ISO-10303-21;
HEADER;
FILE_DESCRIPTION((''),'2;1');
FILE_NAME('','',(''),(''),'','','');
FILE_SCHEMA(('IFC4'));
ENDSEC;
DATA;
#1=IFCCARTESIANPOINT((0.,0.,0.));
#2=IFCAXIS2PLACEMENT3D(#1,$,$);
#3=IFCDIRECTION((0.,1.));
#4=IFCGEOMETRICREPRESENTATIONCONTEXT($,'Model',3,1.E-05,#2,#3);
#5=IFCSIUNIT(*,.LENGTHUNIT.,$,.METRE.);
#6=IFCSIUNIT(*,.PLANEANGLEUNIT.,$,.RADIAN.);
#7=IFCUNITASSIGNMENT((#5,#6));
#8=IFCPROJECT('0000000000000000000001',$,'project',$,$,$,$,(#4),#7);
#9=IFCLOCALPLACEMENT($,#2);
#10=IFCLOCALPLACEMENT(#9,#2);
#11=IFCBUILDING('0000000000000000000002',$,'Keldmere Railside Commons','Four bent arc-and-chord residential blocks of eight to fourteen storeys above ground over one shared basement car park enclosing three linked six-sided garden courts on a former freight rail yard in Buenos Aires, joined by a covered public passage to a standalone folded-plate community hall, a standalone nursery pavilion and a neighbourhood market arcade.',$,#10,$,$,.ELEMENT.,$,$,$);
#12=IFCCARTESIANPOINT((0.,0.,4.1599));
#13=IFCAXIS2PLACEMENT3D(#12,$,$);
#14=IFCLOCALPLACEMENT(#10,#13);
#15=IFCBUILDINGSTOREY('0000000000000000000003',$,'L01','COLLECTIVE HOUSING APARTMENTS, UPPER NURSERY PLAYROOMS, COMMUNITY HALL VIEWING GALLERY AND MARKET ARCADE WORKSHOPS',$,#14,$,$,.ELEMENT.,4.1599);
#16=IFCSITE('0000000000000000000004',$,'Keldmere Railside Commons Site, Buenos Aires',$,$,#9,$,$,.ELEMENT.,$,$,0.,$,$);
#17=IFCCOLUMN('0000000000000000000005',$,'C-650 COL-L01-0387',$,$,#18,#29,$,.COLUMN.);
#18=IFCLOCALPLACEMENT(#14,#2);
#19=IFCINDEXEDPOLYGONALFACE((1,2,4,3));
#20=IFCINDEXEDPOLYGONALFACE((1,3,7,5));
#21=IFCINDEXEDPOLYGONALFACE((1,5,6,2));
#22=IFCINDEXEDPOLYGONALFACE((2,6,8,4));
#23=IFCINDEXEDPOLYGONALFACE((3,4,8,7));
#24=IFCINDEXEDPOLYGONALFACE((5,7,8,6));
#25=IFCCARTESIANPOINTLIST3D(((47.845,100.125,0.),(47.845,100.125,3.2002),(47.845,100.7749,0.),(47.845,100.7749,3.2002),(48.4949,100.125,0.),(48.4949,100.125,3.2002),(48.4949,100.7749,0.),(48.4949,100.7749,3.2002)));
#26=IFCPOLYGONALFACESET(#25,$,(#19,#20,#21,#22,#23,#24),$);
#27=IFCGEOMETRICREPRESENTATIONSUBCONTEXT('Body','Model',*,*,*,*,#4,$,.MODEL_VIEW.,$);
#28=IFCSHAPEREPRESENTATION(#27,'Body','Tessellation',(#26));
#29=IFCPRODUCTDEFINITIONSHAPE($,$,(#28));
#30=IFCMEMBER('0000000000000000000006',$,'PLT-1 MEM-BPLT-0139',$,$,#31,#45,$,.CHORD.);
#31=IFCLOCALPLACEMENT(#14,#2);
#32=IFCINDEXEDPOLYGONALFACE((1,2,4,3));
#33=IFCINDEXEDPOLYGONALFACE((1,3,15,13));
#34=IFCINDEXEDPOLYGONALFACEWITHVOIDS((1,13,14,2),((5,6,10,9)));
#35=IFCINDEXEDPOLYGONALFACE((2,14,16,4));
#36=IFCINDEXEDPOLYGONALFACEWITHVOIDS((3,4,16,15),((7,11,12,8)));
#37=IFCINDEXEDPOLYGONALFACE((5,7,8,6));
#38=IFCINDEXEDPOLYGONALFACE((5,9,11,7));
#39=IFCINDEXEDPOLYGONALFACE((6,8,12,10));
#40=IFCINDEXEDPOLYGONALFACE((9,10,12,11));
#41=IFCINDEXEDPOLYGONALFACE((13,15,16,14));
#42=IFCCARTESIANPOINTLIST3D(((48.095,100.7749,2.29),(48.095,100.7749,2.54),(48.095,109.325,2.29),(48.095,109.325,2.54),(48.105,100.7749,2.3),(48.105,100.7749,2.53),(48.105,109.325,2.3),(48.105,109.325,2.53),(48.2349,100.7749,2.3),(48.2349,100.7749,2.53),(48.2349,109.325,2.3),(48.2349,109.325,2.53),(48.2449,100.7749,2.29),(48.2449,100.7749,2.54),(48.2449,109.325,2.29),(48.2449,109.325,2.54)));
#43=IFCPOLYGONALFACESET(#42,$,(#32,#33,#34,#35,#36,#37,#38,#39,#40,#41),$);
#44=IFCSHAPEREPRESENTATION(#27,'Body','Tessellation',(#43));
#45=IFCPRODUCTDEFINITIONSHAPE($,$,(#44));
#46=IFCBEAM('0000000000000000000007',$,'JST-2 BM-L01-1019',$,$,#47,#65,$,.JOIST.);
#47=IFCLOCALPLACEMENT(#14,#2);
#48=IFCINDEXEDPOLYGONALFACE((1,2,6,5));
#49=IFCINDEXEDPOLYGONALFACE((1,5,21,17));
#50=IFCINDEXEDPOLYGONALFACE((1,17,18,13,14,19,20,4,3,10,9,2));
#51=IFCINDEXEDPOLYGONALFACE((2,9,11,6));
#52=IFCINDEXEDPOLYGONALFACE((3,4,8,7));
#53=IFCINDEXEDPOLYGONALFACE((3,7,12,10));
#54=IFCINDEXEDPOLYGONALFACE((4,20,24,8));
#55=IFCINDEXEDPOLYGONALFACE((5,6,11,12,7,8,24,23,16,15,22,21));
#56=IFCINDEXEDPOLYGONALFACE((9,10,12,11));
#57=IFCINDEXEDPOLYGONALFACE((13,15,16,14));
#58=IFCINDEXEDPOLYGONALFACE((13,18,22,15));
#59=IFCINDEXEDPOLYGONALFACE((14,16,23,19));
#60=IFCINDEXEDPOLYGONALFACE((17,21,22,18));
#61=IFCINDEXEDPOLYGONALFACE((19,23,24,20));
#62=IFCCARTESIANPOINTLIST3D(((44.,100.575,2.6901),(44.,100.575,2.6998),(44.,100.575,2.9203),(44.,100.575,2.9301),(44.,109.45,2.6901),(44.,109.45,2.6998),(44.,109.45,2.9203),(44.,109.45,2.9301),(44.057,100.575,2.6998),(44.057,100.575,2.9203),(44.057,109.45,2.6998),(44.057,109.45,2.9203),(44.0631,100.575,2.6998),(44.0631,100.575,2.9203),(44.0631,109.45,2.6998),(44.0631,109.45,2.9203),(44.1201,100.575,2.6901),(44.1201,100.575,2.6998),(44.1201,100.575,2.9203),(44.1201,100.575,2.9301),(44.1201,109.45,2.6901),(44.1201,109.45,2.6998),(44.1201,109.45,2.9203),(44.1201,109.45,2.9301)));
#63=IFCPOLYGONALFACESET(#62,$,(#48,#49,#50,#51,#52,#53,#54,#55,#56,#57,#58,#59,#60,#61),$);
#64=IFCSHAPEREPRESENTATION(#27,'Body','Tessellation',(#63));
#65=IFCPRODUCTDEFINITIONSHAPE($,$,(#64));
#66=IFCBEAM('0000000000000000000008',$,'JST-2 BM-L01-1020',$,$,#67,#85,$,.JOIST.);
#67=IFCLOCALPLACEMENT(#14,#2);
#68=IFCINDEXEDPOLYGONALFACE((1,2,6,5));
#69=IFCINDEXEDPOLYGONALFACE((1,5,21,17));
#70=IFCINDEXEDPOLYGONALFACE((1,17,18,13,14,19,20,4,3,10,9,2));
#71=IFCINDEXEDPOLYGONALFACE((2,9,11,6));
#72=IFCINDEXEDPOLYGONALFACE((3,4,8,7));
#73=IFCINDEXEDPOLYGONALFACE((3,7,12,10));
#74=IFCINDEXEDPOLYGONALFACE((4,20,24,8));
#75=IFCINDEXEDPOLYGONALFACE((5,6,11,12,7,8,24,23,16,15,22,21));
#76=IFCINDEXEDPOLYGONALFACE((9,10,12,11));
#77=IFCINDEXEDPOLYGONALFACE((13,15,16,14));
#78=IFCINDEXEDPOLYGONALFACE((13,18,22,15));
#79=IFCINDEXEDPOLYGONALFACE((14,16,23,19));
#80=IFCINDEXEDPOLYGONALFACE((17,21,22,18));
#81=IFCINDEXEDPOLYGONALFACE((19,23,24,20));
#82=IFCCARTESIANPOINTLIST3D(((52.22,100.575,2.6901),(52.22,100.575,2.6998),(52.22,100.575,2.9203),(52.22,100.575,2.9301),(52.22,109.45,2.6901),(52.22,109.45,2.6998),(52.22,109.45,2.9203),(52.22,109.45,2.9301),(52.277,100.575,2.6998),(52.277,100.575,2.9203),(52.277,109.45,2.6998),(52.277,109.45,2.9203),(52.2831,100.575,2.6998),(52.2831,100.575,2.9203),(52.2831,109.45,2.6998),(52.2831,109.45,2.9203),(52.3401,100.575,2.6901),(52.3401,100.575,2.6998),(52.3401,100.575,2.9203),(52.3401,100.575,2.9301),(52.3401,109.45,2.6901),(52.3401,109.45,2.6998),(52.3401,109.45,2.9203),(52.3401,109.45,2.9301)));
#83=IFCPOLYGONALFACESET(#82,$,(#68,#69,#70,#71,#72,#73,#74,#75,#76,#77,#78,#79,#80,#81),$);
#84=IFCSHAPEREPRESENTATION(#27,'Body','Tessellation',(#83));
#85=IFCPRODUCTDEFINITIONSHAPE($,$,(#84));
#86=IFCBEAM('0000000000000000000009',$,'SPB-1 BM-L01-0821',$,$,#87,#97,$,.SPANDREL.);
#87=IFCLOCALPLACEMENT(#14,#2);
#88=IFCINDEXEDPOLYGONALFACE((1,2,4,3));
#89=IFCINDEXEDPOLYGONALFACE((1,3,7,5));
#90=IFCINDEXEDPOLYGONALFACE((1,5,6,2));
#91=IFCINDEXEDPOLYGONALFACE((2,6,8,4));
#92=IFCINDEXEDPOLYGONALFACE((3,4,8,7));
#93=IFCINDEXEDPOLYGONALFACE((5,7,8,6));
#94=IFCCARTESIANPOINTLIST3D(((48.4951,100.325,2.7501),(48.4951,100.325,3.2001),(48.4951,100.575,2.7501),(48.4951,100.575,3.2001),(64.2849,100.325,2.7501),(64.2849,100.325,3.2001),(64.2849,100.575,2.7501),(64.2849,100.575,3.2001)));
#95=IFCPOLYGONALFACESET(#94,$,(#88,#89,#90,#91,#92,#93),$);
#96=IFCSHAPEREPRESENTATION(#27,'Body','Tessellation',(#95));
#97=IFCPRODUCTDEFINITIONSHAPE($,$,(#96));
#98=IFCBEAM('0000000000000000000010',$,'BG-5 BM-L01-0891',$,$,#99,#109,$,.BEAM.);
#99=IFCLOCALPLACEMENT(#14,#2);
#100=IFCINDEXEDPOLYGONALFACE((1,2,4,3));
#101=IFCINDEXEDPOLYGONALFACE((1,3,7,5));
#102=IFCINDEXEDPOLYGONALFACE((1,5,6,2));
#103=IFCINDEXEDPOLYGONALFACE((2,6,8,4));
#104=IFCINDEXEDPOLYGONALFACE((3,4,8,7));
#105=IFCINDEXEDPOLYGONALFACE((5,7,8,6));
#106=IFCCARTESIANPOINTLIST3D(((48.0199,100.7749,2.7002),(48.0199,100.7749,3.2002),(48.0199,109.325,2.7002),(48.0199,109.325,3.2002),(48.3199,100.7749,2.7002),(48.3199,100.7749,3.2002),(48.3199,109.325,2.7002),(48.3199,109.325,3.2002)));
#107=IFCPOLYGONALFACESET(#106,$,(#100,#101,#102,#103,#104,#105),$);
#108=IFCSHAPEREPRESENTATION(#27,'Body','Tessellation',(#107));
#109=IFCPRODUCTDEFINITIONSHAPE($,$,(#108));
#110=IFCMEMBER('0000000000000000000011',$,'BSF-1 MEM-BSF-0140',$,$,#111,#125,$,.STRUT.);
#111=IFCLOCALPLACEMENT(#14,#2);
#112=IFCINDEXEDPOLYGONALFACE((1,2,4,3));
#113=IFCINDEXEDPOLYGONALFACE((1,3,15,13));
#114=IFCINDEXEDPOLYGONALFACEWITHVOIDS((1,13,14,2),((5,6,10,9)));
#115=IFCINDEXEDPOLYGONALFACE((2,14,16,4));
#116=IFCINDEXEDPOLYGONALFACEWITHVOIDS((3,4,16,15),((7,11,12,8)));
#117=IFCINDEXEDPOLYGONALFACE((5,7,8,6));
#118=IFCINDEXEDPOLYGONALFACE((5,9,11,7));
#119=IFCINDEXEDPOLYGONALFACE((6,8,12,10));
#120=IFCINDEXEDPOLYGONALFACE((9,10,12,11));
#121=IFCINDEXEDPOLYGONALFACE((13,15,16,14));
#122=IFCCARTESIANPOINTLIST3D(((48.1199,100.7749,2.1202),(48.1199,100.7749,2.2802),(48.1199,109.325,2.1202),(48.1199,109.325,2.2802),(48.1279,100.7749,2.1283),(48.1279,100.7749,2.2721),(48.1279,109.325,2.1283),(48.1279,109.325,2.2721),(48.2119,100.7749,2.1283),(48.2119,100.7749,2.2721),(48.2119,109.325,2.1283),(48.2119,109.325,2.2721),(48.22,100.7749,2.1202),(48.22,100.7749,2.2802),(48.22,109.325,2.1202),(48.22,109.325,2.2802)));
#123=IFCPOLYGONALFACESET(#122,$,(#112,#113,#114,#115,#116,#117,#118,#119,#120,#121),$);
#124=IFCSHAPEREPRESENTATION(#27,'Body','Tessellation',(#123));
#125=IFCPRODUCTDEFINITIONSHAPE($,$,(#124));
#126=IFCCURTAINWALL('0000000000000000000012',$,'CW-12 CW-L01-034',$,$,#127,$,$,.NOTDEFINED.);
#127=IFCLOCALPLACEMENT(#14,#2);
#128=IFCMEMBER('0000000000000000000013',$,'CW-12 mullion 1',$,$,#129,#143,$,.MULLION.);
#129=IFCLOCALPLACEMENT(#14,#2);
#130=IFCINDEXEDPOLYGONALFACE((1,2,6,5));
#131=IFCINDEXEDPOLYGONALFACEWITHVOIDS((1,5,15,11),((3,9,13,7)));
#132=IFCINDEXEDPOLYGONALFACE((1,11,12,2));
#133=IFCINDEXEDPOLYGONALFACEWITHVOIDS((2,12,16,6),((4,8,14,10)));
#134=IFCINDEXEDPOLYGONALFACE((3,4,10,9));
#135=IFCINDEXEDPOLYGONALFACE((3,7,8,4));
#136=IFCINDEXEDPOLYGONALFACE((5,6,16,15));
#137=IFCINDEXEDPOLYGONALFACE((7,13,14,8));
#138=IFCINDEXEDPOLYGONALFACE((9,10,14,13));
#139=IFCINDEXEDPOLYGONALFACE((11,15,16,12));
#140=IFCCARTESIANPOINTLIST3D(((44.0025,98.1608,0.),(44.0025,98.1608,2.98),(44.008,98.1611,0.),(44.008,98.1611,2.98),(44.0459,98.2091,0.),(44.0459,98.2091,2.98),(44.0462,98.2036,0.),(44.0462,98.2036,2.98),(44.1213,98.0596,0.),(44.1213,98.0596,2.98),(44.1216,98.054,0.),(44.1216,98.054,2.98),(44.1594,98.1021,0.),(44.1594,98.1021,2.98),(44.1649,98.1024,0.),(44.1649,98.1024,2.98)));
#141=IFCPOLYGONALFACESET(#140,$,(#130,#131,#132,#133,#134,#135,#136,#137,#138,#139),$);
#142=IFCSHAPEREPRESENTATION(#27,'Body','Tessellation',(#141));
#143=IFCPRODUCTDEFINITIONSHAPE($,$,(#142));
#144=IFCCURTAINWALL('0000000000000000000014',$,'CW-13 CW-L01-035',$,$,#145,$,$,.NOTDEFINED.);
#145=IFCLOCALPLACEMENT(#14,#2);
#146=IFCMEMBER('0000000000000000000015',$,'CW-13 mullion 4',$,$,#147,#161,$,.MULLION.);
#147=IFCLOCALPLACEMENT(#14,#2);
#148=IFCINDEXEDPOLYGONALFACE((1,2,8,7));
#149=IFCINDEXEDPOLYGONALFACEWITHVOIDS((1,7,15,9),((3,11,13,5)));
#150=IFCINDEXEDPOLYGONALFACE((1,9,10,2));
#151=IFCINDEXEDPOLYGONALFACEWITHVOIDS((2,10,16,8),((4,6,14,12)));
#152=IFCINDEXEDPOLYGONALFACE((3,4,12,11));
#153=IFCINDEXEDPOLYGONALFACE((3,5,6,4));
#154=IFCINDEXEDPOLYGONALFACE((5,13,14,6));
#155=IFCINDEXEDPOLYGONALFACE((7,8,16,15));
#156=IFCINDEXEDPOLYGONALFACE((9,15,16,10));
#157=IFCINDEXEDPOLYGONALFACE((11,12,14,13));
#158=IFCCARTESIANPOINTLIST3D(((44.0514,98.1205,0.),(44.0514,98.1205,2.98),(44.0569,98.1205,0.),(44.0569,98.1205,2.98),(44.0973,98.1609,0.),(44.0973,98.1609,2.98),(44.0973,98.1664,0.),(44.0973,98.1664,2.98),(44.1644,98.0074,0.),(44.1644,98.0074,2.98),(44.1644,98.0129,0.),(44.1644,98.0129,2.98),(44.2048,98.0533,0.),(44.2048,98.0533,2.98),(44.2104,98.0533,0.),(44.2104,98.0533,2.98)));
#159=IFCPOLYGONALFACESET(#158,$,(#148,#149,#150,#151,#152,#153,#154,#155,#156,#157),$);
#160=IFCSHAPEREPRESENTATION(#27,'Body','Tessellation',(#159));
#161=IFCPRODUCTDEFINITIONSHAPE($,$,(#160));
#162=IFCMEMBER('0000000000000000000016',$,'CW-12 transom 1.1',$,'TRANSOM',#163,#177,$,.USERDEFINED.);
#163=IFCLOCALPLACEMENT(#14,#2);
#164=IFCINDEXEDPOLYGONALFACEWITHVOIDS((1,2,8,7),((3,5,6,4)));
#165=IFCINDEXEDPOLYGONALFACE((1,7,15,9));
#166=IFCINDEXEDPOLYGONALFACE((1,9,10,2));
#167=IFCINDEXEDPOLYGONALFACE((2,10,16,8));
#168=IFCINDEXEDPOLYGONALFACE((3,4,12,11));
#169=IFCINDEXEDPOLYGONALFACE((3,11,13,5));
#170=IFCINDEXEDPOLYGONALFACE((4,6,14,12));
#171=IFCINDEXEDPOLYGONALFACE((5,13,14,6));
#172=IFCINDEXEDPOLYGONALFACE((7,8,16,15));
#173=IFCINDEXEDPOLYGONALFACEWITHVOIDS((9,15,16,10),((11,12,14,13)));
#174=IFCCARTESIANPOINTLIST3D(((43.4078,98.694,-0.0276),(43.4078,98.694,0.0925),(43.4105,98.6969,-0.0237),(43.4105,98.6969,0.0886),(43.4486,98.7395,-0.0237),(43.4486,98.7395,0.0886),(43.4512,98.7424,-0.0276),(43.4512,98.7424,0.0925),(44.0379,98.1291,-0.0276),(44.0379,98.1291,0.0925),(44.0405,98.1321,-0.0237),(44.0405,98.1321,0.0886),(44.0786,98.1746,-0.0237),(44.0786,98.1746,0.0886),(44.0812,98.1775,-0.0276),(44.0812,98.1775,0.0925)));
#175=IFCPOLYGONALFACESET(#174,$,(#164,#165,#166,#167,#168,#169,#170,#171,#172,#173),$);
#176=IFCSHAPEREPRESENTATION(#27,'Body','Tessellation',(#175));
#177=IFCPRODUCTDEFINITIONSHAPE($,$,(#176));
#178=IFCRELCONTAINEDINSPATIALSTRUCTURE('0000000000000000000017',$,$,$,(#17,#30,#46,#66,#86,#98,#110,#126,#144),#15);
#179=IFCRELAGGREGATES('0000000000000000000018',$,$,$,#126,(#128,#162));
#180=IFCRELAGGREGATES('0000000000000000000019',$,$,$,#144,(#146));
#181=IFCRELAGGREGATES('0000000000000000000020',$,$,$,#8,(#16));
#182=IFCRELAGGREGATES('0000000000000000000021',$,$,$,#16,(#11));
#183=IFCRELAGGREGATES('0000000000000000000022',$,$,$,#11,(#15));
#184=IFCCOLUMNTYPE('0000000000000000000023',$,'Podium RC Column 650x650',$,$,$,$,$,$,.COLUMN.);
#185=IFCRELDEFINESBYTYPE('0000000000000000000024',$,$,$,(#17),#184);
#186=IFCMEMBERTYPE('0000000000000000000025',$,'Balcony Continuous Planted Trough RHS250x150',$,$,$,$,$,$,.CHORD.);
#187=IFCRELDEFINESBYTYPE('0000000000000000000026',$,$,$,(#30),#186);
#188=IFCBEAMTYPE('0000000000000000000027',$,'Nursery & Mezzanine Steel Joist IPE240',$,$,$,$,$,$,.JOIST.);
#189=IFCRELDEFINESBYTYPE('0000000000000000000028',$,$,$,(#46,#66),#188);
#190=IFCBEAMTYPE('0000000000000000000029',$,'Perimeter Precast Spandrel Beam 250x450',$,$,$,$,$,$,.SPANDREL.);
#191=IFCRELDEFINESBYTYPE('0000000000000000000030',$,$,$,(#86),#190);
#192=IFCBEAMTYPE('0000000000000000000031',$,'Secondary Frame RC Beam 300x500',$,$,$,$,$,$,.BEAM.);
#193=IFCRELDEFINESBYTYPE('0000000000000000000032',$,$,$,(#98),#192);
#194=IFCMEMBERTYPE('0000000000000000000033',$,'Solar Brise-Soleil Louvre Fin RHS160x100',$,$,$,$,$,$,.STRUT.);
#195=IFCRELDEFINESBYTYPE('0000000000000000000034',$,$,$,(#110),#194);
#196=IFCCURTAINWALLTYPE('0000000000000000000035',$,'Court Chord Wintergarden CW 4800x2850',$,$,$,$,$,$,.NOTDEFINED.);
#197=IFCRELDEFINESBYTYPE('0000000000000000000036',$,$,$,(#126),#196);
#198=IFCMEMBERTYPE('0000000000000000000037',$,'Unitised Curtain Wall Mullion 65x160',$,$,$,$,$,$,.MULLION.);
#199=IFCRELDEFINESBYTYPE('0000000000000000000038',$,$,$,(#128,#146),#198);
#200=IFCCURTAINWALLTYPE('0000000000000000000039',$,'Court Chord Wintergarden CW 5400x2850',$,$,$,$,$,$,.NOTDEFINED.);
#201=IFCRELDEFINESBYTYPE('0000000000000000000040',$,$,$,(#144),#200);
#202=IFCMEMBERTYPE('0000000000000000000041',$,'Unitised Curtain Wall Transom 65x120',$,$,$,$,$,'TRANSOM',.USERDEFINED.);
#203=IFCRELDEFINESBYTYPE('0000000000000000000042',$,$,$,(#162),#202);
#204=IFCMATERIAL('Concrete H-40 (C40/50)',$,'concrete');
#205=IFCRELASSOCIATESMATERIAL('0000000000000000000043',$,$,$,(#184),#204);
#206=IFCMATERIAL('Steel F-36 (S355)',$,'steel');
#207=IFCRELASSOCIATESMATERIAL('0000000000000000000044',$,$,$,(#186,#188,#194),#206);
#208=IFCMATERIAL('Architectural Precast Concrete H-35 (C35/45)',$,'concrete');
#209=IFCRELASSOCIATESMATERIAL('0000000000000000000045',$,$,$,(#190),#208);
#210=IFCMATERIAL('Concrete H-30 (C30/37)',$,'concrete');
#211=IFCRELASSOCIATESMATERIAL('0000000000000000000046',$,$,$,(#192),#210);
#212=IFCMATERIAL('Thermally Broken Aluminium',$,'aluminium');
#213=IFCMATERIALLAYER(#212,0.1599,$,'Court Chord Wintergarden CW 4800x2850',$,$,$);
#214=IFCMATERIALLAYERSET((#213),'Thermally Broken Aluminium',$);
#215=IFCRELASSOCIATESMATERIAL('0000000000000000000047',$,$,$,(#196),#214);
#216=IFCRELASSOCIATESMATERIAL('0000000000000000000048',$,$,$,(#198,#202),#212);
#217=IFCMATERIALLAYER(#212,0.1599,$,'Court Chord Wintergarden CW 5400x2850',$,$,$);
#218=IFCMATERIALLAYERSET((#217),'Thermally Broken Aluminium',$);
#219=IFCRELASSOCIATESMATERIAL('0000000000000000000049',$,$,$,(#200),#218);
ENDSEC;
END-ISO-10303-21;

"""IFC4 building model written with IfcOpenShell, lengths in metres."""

from ifc_helpers import new_model, si_unit, direction, frame, origin, origin_2d, place, context, subcontext, project, spatial, rectangle, hollow_rectangle, i_section, extrude, material, layer, layer_set, material_profile, profile_set, type_object, element, aggregate, save


model = new_model("IFC4")

# Units and contexts
model_context = context("Model", 3, precision=1e-05, world=origin(), true_north=direction((0.0, 1.0)))
body_context = subcontext(model_context, "Body", "Model", "MODEL_VIEW")
ifc_project = project(units=[si_unit("LENGTHUNIT", "METRE"), si_unit("PLANEANGLEUNIT", "RADIAN")], contexts=[model_context])

# Site, building, storey
site_placement = place(None, origin())
site = spatial("IfcSite", under=ifc_project, at=site_placement, Name="Keldmere Railside Commons Site, Buenos Aires", CompositionType="ELEMENT", RefElevation=0.0)
building_placement = place(site_placement, origin())
building = spatial("IfcBuilding", under=site, at=building_placement, Name="Keldmere Railside Commons", Description="Four bent arc-and-chord residential blocks of eight to fourteen storeys above ground over one shared basement car park enclosing three linked six-sided garden courts on a former freight rail yard in Buenos Aires, joined by a covered public passage to a standalone folded-plate community hall, a standalone nursery pavilion and a neighbourhood market arcade.", CompositionType="ELEMENT")
storey_placement = place(building_placement, frame((0.0, 0.0, 4.1599)))
storey = spatial("IfcBuildingStorey", under=building, at=storey_placement, Name="L01", Description="COLLECTIVE HOUSING APARTMENTS, UPPER NURSERY PLAYROOMS, COMMUNITY HALL VIEWING GALLERY AND MARKET ARCADE WORKSHOPS", CompositionType="ELEMENT", Elevation=4.1599)

# Column
ifc_material_1 = material(Name="Concrete H-40 (C40/50)", Category="concrete")
ifc_material_profile_1 = material_profile(ifc_material_1, rectangle(XDim=0.6499, YDim=0.6499, at=origin_2d()), Name="RC-650x650")
ifc_profile_set_1 = profile_set([ifc_material_profile_1], Name="Concrete H-40 (C40/50)")
column_type = type_object("IfcColumnType", Name="Podium RC Column 650x650", PredefinedType="COLUMN", material=ifc_profile_set_1)
column_placement = place(storey_placement, frame((48.1699, 100.45, 0.0), z_axis=(0.0, 0.0, 1.0), x_axis=(1.0, 0.0, 0.0)))
element("IfcColumn", 1, at=column_placement, inside=storey, type_object=column_type, Name="C-650 COL-L01-0387", PredefinedType="COLUMN", context=body_context, shape_type="SweptSolid", body=[
    extrude(rectangle(XDim=0.6499, YDim=0.6499, at=origin_2d()), origin(), (0.0, 0.0, 1.0), 3.2002),
])

# Member
ifc_material_2 = material(Name="Steel F-36 (S355)", Category="steel")
ifc_material_profile_2 = material_profile(ifc_material_2, hollow_rectangle(XDim=0.1499, YDim=0.25, WallThickness=0.01, at=origin_2d()), Name="RHS-250x150x10")
ifc_profile_set_2 = profile_set([ifc_material_profile_2], Name="Steel F-36 (S355)")
member_type_1 = type_object("IfcMemberType", Name="Balcony Continuous Planted Trough RHS250x150", PredefinedType="CHORD", material=ifc_profile_set_2)
member_1_placement = place(storey_placement, frame((48.1699, 100.7749, 2.415), z_axis=(0.0, 1.0, 0.0), x_axis=(-1.0, 0.0, 0.0)))
element("IfcMember", 2, at=member_1_placement, inside=storey, type_object=member_type_1, Name="PLT-1 MEM-BPLT-0139", PredefinedType="CHORD", context=body_context, shape_type="SweptSolid", body=[
    extrude(hollow_rectangle(XDim=0.1499, YDim=0.25, WallThickness=0.01, at=origin_2d()), origin(), (0.0, 0.0, 1.0), 8.55),
])

# Beams
ifc_material_profile_3 = material_profile(ifc_material_2, i_section(OverallWidth=0.1201, OverallDepth=0.24, WebThickness=0.0061, FlangeThickness=0.0098, at=origin_2d()), Name="IPE-240")
ifc_profile_set_3 = profile_set([ifc_material_profile_3], Name="Steel F-36 (S355)")
beam_type_1 = type_object("IfcBeamType", Name="Nursery & Mezzanine Steel Joist IPE240", PredefinedType="JOIST", material=ifc_profile_set_3)
for number, where, z_axis, x_axis, name in (
    (3, (44.0601, 100.575, 2.8101), (0.0, 1.0, 0.0), (-1.0, 0.0, 0.0), "JST-2 BM-L01-1019"),
    (4, (52.28, 100.575, 2.8101), (0.0, 1.0, 0.0), (-1.0, 0.0, 0.0), "JST-2 BM-L01-1020"),
):
    element("IfcBeam", number, at=place(storey_placement, frame(where, z_axis=z_axis, x_axis=x_axis)), inside=storey, type_object=beam_type_1, Name=name, PredefinedType="JOIST", context=body_context, shape_type="SweptSolid", body=[
        extrude(i_section(OverallWidth=0.1201, OverallDepth=0.24, WebThickness=0.0061, FlangeThickness=0.0098, at=origin_2d()), origin(), (0.0, 0.0, 1.0), 8.875),
    ])
ifc_material_3 = material(Name="Architectural Precast Concrete H-35 (C35/45)", Category="concrete")
ifc_material_profile_4 = material_profile(ifc_material_3, rectangle(XDim=0.25, YDim=0.45, at=origin_2d()), Name="RC-250x450")
ifc_profile_set_4 = profile_set([ifc_material_profile_4], Name="Architectural Precast Concrete H-35 (C35/45)")
beam_type_2 = type_object("IfcBeamType", Name="Perimeter Precast Spandrel Beam 250x450", PredefinedType="SPANDREL", material=ifc_profile_set_4)
beam_1_placement = place(storey_placement, frame((48.4951, 100.45, 2.9751), z_axis=(1.0, 0.0, 0.0), x_axis=(0.0, 1.0, 0.0)))
element("IfcBeam", 5, at=beam_1_placement, inside=storey, type_object=beam_type_2, Name="SPB-1 BM-L01-0821", PredefinedType="SPANDREL", context=body_context, shape_type="SweptSolid", body=[
    extrude(rectangle(XDim=0.25, YDim=0.45, at=origin_2d()), origin(), (0.0, 0.0, 1.0), 15.7898),
])
ifc_material_4 = material(Name="Concrete H-30 (C30/37)", Category="concrete")
ifc_material_profile_5 = material_profile(ifc_material_4, rectangle(XDim=0.3, YDim=0.5, at=origin_2d()), Name="RC-300x500")
ifc_profile_set_5 = profile_set([ifc_material_profile_5], Name="Concrete H-30 (C30/37)")
beam_type_3 = type_object("IfcBeamType", Name="Secondary Frame RC Beam 300x500", PredefinedType="BEAM", material=ifc_profile_set_5)
beam_2_placement = place(storey_placement, frame((48.1699, 100.7749, 2.9502), z_axis=(0.0, 1.0, 0.0), x_axis=(-1.0, 0.0, 0.0)))
element("IfcBeam", 6, at=beam_2_placement, inside=storey, type_object=beam_type_3, Name="BG-5 BM-L01-0891", PredefinedType="BEAM", context=body_context, shape_type="SweptSolid", body=[
    extrude(rectangle(XDim=0.3, YDim=0.5, at=origin_2d()), origin(), (0.0, 0.0, 1.0), 8.55),
])

# Member
ifc_material_profile_6 = material_profile(ifc_material_2, hollow_rectangle(XDim=0.1001, YDim=0.1599, WallThickness=0.0081, at=origin_2d()), Name="RHS-160x100x8")
ifc_profile_set_6 = profile_set([ifc_material_profile_6], Name="Steel F-36 (S355)")
member_type_2 = type_object("IfcMemberType", Name="Solar Brise-Soleil Louvre Fin RHS160x100", PredefinedType="STRUT", material=ifc_profile_set_6)
member_2_placement = place(storey_placement, frame((48.1699, 100.7749, 2.2002), z_axis=(0.0, 1.0, 0.0), x_axis=(-1.0, 0.0, 0.0)))
element("IfcMember", 7, at=member_2_placement, inside=storey, type_object=member_type_2, Name="BSF-1 MEM-BSF-0140", PredefinedType="STRUT", context=body_context, shape_type="SweptSolid", body=[
    extrude(hollow_rectangle(XDim=0.1001, YDim=0.1599, WallThickness=0.0081, at=origin_2d()), origin(), (0.0, 0.0, 1.0), 8.55),
])

# Curtain walls, members
ifc_material_5 = material(Name="Thermally Broken Aluminium", Category="aluminium")
ifc_layer_1 = layer(ifc_material_5, 0.1599, Name="Court Chord Wintergarden CW 4800x2850")
ifc_layer_set_1 = layer_set([ifc_layer_1], Name="Thermally Broken Aluminium")
curtain_wall_type_1 = type_object("IfcCurtainWallType", Name="Court Chord Wintergarden CW 4800x2850", PredefinedType="NOTDEFINED", material=ifc_layer_set_1)
curtain_wall_1_placement = place(storey_placement, origin())
curtain_wall_1 = element("IfcCurtainWall", 8, at=curtain_wall_1_placement, inside=storey, type_object=curtain_wall_type_1, Name="CW-12 CW-L01-034", PredefinedType="NOTDEFINED")
ifc_material_profile_7 = material_profile(ifc_material_5, hollow_rectangle(XDim=0.0649, YDim=0.1599, WallThickness=0.0039, at=origin_2d()), Name="ALU-MULL-65x160")
ifc_profile_set_7 = profile_set([ifc_material_profile_7], Name="Thermally Broken Aluminium")
member_type_3 = type_object("IfcMemberType", Name="Unitised Curtain Wall Mullion 65x160", PredefinedType="MULLION", material=ifc_profile_set_7)
member_3_placement = place(storey_placement, frame((44.0837, 98.1316, 0.0), z_axis=(0.0, 0.0, 1.0), x_axis=(-0.667559, -0.744557, 0.0)))
member_3 = element("IfcMember", 9, at=member_3_placement, type_object=member_type_3, Name="CW-12 mullion 1", PredefinedType="MULLION", context=body_context, shape_type="SweptSolid", body=[
    extrude(hollow_rectangle(XDim=0.0649, YDim=0.1599, WallThickness=0.0039, at=origin_2d()), origin(), (0.0, 0.0, 1.0), 2.98),
])
ifc_layer_2 = layer(ifc_material_5, 0.1599, Name="Court Chord Wintergarden CW 5400x2850")
ifc_layer_set_2 = layer_set([ifc_layer_2], Name="Thermally Broken Aluminium")
curtain_wall_type_2 = type_object("IfcCurtainWallType", Name="Court Chord Wintergarden CW 5400x2850", PredefinedType="NOTDEFINED", material=ifc_layer_set_2)
curtain_wall_2_placement = place(storey_placement, origin())
curtain_wall_2 = element("IfcCurtainWall", 10, at=curtain_wall_2_placement, inside=storey, type_object=curtain_wall_type_2, Name="CW-13 CW-L01-035", PredefinedType="NOTDEFINED")
member_4_placement = place(storey_placement, frame((44.1309, 98.0869, 0.0), z_axis=(0.0, 0.0, 1.0), x_axis=(-0.707107, -0.707107, 0.0)))
member_4 = element("IfcMember", 11, at=member_4_placement, type_object=member_type_3, Name="CW-13 mullion 4", PredefinedType="MULLION", context=body_context, shape_type="SweptSolid", body=[
    extrude(hollow_rectangle(XDim=0.0649, YDim=0.1599, WallThickness=0.0039, at=origin_2d()), origin(), (0.0, 0.0, 1.0), 2.98),
])

# Member
ifc_material_profile_8 = material_profile(ifc_material_5, hollow_rectangle(XDim=0.0649, YDim=0.1201, WallThickness=0.0039, at=origin_2d()), Name="ALU-TRAN-65x120")
ifc_profile_set_8 = profile_set([ifc_material_profile_8], Name="Thermally Broken Aluminium")
member_type_4 = type_object("IfcMemberType", Name="Unitised Curtain Wall Transom 65x120", ElementType="TRANSOM", PredefinedType="USERDEFINED", material=ifc_profile_set_8)
member_5_placement = place(storey_placement, frame((44.0596, 98.1533, 0.0325), z_axis=(-0.744569, 0.667545, 0.0), x_axis=(-0.667545, -0.744569, 0.0)))
member_5 = element("IfcMember", 12, at=member_5_placement, type_object=member_type_4, Name="CW-12 transom 1.1", ObjectType="TRANSOM", PredefinedType="USERDEFINED", context=body_context, shape_type="SweptSolid", body=[
    extrude(hollow_rectangle(XDim=0.0649, YDim=0.1201, WallThickness=0.0039, at=origin_2d()), origin(), (0.0, 0.0, 1.0), 0.8462),
])

aggregate(curtain_wall_1, [member_3, member_5])
aggregate(curtain_wall_2, [member_4])

save(model, "model.ifc")
